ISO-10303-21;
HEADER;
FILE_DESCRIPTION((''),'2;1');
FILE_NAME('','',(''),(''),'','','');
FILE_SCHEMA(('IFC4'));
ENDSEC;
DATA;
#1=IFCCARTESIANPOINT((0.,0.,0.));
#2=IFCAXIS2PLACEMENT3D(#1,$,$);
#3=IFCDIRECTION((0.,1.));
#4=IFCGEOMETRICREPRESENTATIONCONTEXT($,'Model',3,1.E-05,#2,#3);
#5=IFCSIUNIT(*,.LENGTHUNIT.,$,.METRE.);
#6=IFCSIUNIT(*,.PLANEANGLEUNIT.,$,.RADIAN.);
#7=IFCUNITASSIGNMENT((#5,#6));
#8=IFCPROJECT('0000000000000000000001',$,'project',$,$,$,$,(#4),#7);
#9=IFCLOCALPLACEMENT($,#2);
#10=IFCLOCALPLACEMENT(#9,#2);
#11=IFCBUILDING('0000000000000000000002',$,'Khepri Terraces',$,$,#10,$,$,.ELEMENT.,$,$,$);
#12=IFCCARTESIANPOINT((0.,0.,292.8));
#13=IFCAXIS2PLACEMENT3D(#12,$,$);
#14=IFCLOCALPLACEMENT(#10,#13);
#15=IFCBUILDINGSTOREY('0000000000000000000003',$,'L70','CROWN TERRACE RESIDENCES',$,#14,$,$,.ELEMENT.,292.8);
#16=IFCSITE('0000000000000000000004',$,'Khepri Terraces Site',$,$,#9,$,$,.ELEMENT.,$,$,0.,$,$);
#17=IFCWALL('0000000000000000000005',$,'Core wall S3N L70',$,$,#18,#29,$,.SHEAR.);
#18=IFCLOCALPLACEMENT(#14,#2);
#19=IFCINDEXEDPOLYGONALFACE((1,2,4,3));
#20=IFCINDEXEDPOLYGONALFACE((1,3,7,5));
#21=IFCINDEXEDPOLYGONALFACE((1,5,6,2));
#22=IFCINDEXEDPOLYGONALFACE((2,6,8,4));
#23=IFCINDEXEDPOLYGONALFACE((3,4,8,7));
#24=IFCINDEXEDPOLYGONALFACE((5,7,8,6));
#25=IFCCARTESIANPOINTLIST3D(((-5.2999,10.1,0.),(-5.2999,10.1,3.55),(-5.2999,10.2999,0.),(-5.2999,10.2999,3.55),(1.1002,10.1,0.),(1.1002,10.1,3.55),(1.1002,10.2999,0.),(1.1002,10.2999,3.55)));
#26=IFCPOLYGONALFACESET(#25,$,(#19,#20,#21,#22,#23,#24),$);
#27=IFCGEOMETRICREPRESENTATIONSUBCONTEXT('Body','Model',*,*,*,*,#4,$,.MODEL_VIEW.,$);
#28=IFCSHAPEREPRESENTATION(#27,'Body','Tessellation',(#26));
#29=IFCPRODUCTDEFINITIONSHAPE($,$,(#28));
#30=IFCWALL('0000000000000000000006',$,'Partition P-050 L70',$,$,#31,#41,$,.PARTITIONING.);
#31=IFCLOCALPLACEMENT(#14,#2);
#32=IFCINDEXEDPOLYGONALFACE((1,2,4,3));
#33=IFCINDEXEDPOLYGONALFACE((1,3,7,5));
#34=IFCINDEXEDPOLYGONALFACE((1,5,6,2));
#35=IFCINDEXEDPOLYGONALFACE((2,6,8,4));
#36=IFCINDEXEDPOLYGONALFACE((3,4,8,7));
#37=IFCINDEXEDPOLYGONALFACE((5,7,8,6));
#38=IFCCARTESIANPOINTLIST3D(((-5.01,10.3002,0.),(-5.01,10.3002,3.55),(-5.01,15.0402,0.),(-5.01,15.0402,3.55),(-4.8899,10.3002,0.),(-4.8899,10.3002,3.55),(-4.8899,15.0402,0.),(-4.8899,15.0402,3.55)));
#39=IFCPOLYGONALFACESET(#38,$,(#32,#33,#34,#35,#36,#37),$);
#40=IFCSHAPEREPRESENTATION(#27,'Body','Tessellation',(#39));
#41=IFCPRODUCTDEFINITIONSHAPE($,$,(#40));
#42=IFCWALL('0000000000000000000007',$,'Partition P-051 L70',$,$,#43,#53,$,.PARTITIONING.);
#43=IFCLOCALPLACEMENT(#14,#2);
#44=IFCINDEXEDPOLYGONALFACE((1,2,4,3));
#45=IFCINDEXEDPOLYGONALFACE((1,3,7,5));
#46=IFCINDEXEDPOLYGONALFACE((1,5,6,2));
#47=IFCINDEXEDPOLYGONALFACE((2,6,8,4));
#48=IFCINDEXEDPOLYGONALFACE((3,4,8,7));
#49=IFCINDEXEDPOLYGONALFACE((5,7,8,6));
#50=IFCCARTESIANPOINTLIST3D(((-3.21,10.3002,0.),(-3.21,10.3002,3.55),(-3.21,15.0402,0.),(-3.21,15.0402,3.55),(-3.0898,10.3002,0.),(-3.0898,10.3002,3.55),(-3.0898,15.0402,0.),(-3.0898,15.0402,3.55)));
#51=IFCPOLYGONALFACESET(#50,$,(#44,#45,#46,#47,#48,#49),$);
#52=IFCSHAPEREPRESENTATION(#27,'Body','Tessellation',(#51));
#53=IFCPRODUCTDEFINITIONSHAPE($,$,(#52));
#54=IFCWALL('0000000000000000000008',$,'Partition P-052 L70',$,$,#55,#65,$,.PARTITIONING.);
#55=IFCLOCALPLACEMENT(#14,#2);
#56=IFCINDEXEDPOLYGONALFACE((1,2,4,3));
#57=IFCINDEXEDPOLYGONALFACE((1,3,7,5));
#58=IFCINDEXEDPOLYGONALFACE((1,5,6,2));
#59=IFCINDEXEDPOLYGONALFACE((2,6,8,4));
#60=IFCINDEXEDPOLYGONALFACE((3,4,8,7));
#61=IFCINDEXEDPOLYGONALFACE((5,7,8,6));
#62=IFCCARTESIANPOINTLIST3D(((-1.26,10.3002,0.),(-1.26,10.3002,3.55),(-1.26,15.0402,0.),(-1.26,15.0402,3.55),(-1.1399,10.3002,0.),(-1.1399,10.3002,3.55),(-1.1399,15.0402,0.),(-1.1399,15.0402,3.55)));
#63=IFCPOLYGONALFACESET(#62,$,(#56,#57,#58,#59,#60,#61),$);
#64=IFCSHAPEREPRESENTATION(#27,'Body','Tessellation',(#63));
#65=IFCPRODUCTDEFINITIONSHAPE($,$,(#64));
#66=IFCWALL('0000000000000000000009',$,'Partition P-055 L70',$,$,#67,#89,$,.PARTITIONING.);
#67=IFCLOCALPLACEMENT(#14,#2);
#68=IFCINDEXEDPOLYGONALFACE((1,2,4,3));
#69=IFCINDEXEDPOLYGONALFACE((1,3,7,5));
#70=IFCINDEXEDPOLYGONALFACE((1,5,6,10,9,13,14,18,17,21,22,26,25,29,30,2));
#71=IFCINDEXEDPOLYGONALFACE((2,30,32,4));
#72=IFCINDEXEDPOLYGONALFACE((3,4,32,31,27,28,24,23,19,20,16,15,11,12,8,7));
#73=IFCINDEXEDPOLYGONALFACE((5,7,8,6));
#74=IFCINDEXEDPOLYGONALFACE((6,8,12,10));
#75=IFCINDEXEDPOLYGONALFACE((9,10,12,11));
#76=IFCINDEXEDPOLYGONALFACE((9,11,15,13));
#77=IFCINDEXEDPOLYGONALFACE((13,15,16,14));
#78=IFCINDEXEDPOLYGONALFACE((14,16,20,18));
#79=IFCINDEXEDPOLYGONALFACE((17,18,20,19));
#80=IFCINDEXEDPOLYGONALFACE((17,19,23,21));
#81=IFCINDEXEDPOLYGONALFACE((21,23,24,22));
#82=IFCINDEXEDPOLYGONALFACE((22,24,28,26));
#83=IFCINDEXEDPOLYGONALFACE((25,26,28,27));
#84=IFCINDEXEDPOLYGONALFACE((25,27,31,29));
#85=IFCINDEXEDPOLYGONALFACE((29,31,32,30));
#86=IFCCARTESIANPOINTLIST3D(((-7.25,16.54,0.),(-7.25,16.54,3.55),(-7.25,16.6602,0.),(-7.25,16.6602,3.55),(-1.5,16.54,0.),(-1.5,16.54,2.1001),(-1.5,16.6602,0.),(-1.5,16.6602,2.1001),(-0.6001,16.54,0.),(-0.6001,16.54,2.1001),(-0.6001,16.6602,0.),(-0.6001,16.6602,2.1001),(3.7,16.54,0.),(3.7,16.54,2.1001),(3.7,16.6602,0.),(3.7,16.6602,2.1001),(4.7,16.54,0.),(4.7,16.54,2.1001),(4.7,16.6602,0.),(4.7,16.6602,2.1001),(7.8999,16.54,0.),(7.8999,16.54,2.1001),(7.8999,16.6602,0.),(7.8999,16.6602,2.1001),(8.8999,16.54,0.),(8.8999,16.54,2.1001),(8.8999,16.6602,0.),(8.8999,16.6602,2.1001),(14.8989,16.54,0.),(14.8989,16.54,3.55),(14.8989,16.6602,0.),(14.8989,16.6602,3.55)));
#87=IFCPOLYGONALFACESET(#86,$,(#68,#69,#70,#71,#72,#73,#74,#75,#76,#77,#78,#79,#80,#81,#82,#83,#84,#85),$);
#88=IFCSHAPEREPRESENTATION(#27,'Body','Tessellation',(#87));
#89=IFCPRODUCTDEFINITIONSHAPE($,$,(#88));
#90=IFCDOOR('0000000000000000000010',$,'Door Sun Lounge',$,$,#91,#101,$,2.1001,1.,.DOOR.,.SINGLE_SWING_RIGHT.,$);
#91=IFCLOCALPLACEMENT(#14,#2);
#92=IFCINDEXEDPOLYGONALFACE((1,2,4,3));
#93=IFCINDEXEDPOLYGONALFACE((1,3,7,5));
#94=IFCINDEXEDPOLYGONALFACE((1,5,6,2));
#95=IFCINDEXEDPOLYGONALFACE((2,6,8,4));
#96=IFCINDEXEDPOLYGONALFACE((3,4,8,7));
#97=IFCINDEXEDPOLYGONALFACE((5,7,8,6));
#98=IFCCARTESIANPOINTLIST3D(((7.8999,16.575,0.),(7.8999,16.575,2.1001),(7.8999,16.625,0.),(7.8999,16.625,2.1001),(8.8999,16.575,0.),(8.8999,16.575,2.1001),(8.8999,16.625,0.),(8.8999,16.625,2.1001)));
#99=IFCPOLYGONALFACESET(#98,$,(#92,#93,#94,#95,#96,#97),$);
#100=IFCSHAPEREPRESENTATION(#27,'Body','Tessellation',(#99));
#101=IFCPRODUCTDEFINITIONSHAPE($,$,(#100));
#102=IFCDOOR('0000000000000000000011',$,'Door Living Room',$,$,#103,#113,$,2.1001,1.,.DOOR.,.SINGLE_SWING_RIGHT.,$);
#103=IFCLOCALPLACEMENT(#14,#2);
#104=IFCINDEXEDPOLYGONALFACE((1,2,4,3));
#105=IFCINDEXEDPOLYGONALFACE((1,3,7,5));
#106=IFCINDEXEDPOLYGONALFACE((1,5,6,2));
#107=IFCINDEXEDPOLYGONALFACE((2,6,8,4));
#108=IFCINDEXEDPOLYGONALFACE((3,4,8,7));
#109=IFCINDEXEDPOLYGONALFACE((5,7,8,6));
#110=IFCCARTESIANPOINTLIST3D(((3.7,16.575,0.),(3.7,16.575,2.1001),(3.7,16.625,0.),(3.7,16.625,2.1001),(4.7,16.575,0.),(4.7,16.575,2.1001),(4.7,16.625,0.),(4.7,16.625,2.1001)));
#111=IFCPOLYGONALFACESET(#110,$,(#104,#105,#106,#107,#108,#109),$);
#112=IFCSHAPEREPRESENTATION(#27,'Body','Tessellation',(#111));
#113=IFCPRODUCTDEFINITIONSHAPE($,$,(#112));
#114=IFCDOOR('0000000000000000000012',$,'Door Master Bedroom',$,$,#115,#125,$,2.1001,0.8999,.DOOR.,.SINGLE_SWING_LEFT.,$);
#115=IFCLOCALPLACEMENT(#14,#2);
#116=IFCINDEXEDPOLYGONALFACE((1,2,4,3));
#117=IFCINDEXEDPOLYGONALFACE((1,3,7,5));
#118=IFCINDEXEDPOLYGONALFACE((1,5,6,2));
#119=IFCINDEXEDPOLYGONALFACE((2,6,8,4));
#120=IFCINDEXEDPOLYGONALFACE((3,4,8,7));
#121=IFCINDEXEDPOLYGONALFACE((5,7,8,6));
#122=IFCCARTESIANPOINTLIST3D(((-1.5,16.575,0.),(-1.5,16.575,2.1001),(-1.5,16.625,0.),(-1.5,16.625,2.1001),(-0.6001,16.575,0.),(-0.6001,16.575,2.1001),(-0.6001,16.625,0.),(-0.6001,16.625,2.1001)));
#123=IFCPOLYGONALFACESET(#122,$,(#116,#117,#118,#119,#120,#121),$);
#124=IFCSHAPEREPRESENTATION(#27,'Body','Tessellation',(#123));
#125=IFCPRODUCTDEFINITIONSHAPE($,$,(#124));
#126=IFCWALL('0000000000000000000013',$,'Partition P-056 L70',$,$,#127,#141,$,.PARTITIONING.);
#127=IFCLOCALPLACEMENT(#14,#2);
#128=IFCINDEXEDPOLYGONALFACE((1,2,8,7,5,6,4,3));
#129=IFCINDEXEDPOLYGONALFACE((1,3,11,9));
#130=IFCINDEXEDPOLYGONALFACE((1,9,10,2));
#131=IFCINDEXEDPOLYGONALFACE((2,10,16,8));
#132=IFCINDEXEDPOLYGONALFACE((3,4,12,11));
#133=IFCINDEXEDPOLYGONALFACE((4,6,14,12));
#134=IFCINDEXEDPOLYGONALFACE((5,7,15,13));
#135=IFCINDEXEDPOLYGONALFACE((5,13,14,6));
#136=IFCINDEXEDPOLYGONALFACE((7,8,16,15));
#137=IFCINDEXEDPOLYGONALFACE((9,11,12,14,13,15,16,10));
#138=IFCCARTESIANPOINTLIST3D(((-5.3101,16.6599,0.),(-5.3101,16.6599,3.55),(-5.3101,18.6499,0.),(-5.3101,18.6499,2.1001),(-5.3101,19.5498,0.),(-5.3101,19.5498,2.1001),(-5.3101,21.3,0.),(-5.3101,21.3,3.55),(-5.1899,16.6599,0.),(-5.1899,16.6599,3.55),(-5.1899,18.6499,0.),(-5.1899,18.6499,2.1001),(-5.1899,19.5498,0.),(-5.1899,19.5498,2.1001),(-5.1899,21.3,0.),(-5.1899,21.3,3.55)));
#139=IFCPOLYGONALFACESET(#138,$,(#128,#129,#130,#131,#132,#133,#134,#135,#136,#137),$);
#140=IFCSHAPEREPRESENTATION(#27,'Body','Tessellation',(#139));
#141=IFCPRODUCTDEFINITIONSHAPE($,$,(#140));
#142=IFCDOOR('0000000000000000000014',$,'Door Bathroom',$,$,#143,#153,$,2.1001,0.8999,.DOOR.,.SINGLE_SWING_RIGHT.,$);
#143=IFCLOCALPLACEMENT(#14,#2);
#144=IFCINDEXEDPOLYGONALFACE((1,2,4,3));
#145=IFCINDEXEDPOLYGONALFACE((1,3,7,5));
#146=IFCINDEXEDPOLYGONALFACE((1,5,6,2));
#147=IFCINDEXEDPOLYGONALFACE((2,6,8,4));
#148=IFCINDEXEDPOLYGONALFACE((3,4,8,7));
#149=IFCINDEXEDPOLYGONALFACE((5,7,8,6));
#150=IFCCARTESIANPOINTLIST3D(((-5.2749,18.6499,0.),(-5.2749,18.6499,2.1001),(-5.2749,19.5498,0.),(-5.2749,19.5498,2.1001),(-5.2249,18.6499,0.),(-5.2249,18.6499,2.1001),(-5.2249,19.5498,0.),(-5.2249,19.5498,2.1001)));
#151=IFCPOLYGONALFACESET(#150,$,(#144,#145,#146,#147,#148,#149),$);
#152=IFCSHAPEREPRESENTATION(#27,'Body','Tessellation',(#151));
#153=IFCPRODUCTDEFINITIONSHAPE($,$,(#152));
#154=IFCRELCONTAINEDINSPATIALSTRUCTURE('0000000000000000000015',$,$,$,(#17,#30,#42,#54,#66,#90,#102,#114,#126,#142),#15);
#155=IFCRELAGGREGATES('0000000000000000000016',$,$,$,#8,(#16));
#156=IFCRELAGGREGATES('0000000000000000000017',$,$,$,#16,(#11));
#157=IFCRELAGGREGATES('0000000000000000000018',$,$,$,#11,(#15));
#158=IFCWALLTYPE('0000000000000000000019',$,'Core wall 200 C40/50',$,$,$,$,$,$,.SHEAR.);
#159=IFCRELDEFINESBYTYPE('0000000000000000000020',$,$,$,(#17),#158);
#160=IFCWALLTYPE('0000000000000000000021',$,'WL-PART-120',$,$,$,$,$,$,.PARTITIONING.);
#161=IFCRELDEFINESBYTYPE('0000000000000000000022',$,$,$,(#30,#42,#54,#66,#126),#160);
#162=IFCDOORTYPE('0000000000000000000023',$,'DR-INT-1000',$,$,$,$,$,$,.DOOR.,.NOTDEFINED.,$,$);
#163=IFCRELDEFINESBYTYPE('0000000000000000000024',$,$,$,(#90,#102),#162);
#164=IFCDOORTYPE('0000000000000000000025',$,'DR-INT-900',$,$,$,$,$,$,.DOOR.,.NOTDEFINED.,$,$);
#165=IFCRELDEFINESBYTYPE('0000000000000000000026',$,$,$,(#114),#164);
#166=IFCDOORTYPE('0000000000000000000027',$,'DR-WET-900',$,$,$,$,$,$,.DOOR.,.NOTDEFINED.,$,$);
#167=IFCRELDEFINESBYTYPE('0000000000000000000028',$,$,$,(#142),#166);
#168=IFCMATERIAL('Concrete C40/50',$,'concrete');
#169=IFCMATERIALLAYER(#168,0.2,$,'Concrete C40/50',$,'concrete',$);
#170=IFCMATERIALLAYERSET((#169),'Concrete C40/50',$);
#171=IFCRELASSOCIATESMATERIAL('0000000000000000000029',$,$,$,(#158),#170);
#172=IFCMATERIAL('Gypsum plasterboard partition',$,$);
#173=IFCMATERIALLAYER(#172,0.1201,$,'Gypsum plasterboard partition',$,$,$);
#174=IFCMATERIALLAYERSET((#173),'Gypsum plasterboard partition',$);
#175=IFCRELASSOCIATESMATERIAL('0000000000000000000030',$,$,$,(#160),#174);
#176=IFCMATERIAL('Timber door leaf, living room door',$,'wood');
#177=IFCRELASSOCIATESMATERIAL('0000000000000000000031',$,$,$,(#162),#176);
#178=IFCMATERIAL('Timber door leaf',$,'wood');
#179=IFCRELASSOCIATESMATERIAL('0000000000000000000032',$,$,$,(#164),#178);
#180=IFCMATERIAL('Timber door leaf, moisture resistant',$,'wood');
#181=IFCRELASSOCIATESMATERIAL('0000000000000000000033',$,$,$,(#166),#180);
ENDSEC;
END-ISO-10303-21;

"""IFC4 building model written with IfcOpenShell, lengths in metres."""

from ifc_helpers import new_model, si_unit, direction, frame, frame_2d, origin, place, context, subcontext, project, spatial, rectangle, extrude, material, layer, layer_set, type_object, element, fill, save


model = new_model("IFC4")

# Units and contexts
model_context = context("Model", 3, precision=1e-05, world=origin(), true_north=direction((0.0, 1.0)))
body_context = subcontext(model_context, "Body", "Model", "MODEL_VIEW")
ifc_project = project(units=[si_unit("LENGTHUNIT", "METRE"), si_unit("PLANEANGLEUNIT", "RADIAN")], contexts=[model_context])

# Site, building, storey
site_placement = place(None, origin())
site = spatial("IfcSite", under=ifc_project, at=site_placement, Name="Khepri Terraces Site", CompositionType="ELEMENT", RefElevation=0.0)
building_placement = place(site_placement, origin())
building = spatial("IfcBuilding", under=site, at=building_placement, Name="Khepri Terraces", CompositionType="ELEMENT")
storey_placement = place(building_placement, frame((0.0, 0.0, 292.8)))
storey = spatial("IfcBuildingStorey", under=building, at=storey_placement, Name="L70", Description="CROWN TERRACE RESIDENCES", CompositionType="ELEMENT", Elevation=292.8)

# Walls
ifc_material_1 = material(Name="Concrete C40/50", Category="concrete")
ifc_layer_1 = layer(ifc_material_1, 0.2, Name="Concrete C40/50", Category="concrete")
ifc_layer_set_1 = layer_set([ifc_layer_1], Name="Concrete C40/50")
wall_type_1 = type_object("IfcWallType", Name="Core wall 200 C40/50", PredefinedType="SHEAR", material=ifc_layer_set_1)
wall_1_placement = place(storey_placement, frame((-5.3, 10.2, 0.0), z_axis=(0.0, 0.0, 1.0), x_axis=(1.0, 0.0, 0.0)))
element("IfcWall", 1, at=wall_1_placement, inside=storey, type_object=wall_type_1, Name="Core wall S3N L70", PredefinedType="SHEAR", context=body_context, shape_type="SweptSolid", body=[
    extrude(rectangle(XDim=6.4001, YDim=0.2, at=frame_2d((3.2002, 0.0))), origin(), (0.0, 0.0, 1.0), 3.55),
])
ifc_material_2 = material(Name="Gypsum plasterboard partition")
ifc_layer_2 = layer(ifc_material_2, 0.1201, Name="Gypsum plasterboard partition")
ifc_layer_set_2 = layer_set([ifc_layer_2], Name="Gypsum plasterboard partition")
wall_type_2 = type_object("IfcWallType", Name="WL-PART-120", PredefinedType="PARTITIONING", material=ifc_layer_set_2)
for number, where, z_axis, x_axis, name in (
    (2, (-4.95, 10.3, 0.0), (0.0, 0.0, 1.0), (0.0, 1.0, 0.0), "Partition P-050 L70"),
    (3, (-3.1499, 10.3, 0.0), (0.0, 0.0, 1.0), (0.0, 1.0, 0.0), "Partition P-051 L70"),
    (4, (-1.2, 10.3, 0.0), (0.0, 0.0, 1.0), (0.0, 1.0, 0.0), "Partition P-052 L70"),
):
    element("IfcWall", number, at=place(storey_placement, frame(where, z_axis=z_axis, x_axis=x_axis)), inside=storey, type_object=wall_type_2, Name=name, PredefinedType="PARTITIONING", context=body_context, shape_type="SweptSolid", body=[
        extrude(rectangle(XDim=4.74, YDim=0.1201, at=frame_2d((2.3701, 0.0))), origin(), (0.0, 0.0, 1.0), 3.55),
    ])

# Wall, openings, doors
wall_2_placement = place(storey_placement, frame((-7.25, 16.6001, 0.0), z_axis=(0.0, 0.0, 1.0), x_axis=(1.0, 0.0, 0.0)))
wall_2 = element("IfcWall", 5, at=wall_2_placement, inside=storey, type_object=wall_type_2, Name="Partition P-055 L70", PredefinedType="PARTITIONING", context=body_context, shape_type="SweptSolid", body=[
    extrude(rectangle(XDim=22.1489, YDim=0.1201, at=frame_2d((11.0745, 0.0))), origin(), (0.0, 0.0, 1.0), 3.55),
])
opening_1_placement = place(wall_2_placement, frame((15.1499, 0.0, 0.0)))
opening_1 = element("IfcOpeningElement", 6, at=opening_1_placement, cuts=wall_2, PredefinedType="OPENING", context=body_context, shape_type="SweptSolid", body=[
    extrude(rectangle(XDim=1.0, YDim=2.1001, at=frame_2d((0.5, 1.05))), frame((0.0, 0.0701, 0.0), z_axis=(0.0, -1.0, 0.0), x_axis=(1.0, 0.0, 0.0)), (0.0, 0.0, 1.0), 0.1401),
])
opening_2_placement = place(wall_2_placement, frame((10.95, 0.0, 0.0)))
opening_2 = element("IfcOpeningElement", 7, at=opening_2_placement, cuts=wall_2, PredefinedType="OPENING", context=body_context, shape_type="SweptSolid", body=[
    extrude(rectangle(XDim=1.0, YDim=2.1001, at=frame_2d((0.5, 1.05))), frame((0.0, 0.0701, 0.0), z_axis=(0.0, -1.0, 0.0), x_axis=(1.0, 0.0, 0.0)), (0.0, 0.0, 1.0), 0.1401),
])
opening_3_placement = place(wall_2_placement, frame((5.75, 0.0, 0.0)))
opening_3 = element("IfcOpeningElement", 8, at=opening_3_placement, cuts=wall_2, PredefinedType="OPENING", context=body_context, shape_type="SweptSolid", body=[
    extrude(rectangle(XDim=0.8999, YDim=2.1001, at=frame_2d((0.45, 1.05))), frame((0.0, 0.0701, 0.0), z_axis=(0.0, -1.0, 0.0), x_axis=(1.0, 0.0, 0.0)), (0.0, 0.0, 1.0), 0.1401),
])
ifc_material_3 = material(Name="Timber door leaf, living room door", Category="wood")
door_type_1 = type_object("IfcDoorType", Name="DR-INT-1000", OperationType="NOTDEFINED", PredefinedType="DOOR", material=ifc_material_3)
door_1_placement = place(opening_1_placement, origin())
door_1 = element("IfcDoor", 9, at=door_1_placement, inside=storey, type_object=door_type_1, Name="Door Sun Lounge", OperationType="SINGLE_SWING_RIGHT", OverallHeight=2.1001, OverallWidth=1.0, PredefinedType="DOOR", context=body_context, shape_type="SweptSolid", body=[
    extrude(rectangle(XDim=1.0, YDim=2.1001, at=frame_2d((0.5, 1.05))), frame((0.0, 0.0249, 0.0), z_axis=(0.0, -1.0, 0.0), x_axis=(1.0, 0.0, 0.0)), (0.0, 0.0, 1.0), 0.05),
])
fill(opening_1, door_1)
door_2_placement = place(opening_2_placement, origin())
door_2 = element("IfcDoor", 10, at=door_2_placement, inside=storey, type_object=door_type_1, Name="Door Living Room", OperationType="SINGLE_SWING_RIGHT", OverallHeight=2.1001, OverallWidth=1.0, PredefinedType="DOOR", context=body_context, shape_type="SweptSolid", body=[
    extrude(rectangle(XDim=1.0, YDim=2.1001, at=frame_2d((0.5, 1.05))), frame((0.0, 0.0249, 0.0), z_axis=(0.0, -1.0, 0.0), x_axis=(1.0, 0.0, 0.0)), (0.0, 0.0, 1.0), 0.05),
])
fill(opening_2, door_2)
ifc_material_4 = material(Name="Timber door leaf", Category="wood")
door_type_2 = type_object("IfcDoorType", Name="DR-INT-900", OperationType="NOTDEFINED", PredefinedType="DOOR", material=ifc_material_4)
door_3_placement = place(opening_3_placement, origin())
door_3 = element("IfcDoor", 11, at=door_3_placement, inside=storey, type_object=door_type_2, Name="Door Master Bedroom", OperationType="SINGLE_SWING_LEFT", OverallHeight=2.1001, OverallWidth=0.8999, PredefinedType="DOOR", context=body_context, shape_type="SweptSolid", body=[
    extrude(rectangle(XDim=0.8999, YDim=2.1001, at=frame_2d((0.45, 1.05))), frame((0.0, 0.0249, 0.0), z_axis=(0.0, -1.0, 0.0), x_axis=(1.0, 0.0, 0.0)), (0.0, 0.0, 1.0), 0.05),
])
fill(opening_3, door_3)

# Wall, opening, door
wall_3_placement = place(storey_placement, frame((-5.25, 16.6599, 0.0), z_axis=(0.0, 0.0, 1.0), x_axis=(0.0, 1.0, 0.0)))
wall_3 = element("IfcWall", 12, at=wall_3_placement, inside=storey, type_object=wall_type_2, Name="Partition P-056 L70", PredefinedType="PARTITIONING", context=body_context, shape_type="SweptSolid", body=[
    extrude(rectangle(XDim=4.6401, YDim=0.1201, at=frame_2d((2.3201, 0.0))), origin(), (0.0, 0.0, 1.0), 3.55),
])
opening_4_placement = place(wall_3_placement, frame((1.99, 0.0, 0.0)))
opening_4 = element("IfcOpeningElement", 13, at=opening_4_placement, cuts=wall_3, PredefinedType="OPENING", context=body_context, shape_type="SweptSolid", body=[
    extrude(rectangle(XDim=0.8999, YDim=2.1001, at=frame_2d((0.45, 1.05))), frame((0.0, 0.0701, 0.0), z_axis=(0.0, -1.0, 0.0), x_axis=(1.0, 0.0, 0.0)), (0.0, 0.0, 1.0), 0.1401),
])
ifc_material_5 = material(Name="Timber door leaf, moisture resistant", Category="wood")
door_type_3 = type_object("IfcDoorType", Name="DR-WET-900", OperationType="NOTDEFINED", PredefinedType="DOOR", material=ifc_material_5)
door_4_placement = place(opening_4_placement, origin())
door_4 = element("IfcDoor", 14, at=door_4_placement, inside=storey, type_object=door_type_3, Name="Door Bathroom", OperationType="SINGLE_SWING_RIGHT", OverallHeight=2.1001, OverallWidth=0.8999, PredefinedType="DOOR", context=body_context, shape_type="SweptSolid", body=[
    extrude(rectangle(XDim=0.8999, YDim=2.1001, at=frame_2d((0.45, 1.05))), frame((0.0, 0.0249, 0.0), z_axis=(0.0, -1.0, 0.0), x_axis=(1.0, 0.0, 0.0)), (0.0, 0.0, 1.0), 0.05),
])
fill(opening_4, door_4)

save(model, "model.ifc")
